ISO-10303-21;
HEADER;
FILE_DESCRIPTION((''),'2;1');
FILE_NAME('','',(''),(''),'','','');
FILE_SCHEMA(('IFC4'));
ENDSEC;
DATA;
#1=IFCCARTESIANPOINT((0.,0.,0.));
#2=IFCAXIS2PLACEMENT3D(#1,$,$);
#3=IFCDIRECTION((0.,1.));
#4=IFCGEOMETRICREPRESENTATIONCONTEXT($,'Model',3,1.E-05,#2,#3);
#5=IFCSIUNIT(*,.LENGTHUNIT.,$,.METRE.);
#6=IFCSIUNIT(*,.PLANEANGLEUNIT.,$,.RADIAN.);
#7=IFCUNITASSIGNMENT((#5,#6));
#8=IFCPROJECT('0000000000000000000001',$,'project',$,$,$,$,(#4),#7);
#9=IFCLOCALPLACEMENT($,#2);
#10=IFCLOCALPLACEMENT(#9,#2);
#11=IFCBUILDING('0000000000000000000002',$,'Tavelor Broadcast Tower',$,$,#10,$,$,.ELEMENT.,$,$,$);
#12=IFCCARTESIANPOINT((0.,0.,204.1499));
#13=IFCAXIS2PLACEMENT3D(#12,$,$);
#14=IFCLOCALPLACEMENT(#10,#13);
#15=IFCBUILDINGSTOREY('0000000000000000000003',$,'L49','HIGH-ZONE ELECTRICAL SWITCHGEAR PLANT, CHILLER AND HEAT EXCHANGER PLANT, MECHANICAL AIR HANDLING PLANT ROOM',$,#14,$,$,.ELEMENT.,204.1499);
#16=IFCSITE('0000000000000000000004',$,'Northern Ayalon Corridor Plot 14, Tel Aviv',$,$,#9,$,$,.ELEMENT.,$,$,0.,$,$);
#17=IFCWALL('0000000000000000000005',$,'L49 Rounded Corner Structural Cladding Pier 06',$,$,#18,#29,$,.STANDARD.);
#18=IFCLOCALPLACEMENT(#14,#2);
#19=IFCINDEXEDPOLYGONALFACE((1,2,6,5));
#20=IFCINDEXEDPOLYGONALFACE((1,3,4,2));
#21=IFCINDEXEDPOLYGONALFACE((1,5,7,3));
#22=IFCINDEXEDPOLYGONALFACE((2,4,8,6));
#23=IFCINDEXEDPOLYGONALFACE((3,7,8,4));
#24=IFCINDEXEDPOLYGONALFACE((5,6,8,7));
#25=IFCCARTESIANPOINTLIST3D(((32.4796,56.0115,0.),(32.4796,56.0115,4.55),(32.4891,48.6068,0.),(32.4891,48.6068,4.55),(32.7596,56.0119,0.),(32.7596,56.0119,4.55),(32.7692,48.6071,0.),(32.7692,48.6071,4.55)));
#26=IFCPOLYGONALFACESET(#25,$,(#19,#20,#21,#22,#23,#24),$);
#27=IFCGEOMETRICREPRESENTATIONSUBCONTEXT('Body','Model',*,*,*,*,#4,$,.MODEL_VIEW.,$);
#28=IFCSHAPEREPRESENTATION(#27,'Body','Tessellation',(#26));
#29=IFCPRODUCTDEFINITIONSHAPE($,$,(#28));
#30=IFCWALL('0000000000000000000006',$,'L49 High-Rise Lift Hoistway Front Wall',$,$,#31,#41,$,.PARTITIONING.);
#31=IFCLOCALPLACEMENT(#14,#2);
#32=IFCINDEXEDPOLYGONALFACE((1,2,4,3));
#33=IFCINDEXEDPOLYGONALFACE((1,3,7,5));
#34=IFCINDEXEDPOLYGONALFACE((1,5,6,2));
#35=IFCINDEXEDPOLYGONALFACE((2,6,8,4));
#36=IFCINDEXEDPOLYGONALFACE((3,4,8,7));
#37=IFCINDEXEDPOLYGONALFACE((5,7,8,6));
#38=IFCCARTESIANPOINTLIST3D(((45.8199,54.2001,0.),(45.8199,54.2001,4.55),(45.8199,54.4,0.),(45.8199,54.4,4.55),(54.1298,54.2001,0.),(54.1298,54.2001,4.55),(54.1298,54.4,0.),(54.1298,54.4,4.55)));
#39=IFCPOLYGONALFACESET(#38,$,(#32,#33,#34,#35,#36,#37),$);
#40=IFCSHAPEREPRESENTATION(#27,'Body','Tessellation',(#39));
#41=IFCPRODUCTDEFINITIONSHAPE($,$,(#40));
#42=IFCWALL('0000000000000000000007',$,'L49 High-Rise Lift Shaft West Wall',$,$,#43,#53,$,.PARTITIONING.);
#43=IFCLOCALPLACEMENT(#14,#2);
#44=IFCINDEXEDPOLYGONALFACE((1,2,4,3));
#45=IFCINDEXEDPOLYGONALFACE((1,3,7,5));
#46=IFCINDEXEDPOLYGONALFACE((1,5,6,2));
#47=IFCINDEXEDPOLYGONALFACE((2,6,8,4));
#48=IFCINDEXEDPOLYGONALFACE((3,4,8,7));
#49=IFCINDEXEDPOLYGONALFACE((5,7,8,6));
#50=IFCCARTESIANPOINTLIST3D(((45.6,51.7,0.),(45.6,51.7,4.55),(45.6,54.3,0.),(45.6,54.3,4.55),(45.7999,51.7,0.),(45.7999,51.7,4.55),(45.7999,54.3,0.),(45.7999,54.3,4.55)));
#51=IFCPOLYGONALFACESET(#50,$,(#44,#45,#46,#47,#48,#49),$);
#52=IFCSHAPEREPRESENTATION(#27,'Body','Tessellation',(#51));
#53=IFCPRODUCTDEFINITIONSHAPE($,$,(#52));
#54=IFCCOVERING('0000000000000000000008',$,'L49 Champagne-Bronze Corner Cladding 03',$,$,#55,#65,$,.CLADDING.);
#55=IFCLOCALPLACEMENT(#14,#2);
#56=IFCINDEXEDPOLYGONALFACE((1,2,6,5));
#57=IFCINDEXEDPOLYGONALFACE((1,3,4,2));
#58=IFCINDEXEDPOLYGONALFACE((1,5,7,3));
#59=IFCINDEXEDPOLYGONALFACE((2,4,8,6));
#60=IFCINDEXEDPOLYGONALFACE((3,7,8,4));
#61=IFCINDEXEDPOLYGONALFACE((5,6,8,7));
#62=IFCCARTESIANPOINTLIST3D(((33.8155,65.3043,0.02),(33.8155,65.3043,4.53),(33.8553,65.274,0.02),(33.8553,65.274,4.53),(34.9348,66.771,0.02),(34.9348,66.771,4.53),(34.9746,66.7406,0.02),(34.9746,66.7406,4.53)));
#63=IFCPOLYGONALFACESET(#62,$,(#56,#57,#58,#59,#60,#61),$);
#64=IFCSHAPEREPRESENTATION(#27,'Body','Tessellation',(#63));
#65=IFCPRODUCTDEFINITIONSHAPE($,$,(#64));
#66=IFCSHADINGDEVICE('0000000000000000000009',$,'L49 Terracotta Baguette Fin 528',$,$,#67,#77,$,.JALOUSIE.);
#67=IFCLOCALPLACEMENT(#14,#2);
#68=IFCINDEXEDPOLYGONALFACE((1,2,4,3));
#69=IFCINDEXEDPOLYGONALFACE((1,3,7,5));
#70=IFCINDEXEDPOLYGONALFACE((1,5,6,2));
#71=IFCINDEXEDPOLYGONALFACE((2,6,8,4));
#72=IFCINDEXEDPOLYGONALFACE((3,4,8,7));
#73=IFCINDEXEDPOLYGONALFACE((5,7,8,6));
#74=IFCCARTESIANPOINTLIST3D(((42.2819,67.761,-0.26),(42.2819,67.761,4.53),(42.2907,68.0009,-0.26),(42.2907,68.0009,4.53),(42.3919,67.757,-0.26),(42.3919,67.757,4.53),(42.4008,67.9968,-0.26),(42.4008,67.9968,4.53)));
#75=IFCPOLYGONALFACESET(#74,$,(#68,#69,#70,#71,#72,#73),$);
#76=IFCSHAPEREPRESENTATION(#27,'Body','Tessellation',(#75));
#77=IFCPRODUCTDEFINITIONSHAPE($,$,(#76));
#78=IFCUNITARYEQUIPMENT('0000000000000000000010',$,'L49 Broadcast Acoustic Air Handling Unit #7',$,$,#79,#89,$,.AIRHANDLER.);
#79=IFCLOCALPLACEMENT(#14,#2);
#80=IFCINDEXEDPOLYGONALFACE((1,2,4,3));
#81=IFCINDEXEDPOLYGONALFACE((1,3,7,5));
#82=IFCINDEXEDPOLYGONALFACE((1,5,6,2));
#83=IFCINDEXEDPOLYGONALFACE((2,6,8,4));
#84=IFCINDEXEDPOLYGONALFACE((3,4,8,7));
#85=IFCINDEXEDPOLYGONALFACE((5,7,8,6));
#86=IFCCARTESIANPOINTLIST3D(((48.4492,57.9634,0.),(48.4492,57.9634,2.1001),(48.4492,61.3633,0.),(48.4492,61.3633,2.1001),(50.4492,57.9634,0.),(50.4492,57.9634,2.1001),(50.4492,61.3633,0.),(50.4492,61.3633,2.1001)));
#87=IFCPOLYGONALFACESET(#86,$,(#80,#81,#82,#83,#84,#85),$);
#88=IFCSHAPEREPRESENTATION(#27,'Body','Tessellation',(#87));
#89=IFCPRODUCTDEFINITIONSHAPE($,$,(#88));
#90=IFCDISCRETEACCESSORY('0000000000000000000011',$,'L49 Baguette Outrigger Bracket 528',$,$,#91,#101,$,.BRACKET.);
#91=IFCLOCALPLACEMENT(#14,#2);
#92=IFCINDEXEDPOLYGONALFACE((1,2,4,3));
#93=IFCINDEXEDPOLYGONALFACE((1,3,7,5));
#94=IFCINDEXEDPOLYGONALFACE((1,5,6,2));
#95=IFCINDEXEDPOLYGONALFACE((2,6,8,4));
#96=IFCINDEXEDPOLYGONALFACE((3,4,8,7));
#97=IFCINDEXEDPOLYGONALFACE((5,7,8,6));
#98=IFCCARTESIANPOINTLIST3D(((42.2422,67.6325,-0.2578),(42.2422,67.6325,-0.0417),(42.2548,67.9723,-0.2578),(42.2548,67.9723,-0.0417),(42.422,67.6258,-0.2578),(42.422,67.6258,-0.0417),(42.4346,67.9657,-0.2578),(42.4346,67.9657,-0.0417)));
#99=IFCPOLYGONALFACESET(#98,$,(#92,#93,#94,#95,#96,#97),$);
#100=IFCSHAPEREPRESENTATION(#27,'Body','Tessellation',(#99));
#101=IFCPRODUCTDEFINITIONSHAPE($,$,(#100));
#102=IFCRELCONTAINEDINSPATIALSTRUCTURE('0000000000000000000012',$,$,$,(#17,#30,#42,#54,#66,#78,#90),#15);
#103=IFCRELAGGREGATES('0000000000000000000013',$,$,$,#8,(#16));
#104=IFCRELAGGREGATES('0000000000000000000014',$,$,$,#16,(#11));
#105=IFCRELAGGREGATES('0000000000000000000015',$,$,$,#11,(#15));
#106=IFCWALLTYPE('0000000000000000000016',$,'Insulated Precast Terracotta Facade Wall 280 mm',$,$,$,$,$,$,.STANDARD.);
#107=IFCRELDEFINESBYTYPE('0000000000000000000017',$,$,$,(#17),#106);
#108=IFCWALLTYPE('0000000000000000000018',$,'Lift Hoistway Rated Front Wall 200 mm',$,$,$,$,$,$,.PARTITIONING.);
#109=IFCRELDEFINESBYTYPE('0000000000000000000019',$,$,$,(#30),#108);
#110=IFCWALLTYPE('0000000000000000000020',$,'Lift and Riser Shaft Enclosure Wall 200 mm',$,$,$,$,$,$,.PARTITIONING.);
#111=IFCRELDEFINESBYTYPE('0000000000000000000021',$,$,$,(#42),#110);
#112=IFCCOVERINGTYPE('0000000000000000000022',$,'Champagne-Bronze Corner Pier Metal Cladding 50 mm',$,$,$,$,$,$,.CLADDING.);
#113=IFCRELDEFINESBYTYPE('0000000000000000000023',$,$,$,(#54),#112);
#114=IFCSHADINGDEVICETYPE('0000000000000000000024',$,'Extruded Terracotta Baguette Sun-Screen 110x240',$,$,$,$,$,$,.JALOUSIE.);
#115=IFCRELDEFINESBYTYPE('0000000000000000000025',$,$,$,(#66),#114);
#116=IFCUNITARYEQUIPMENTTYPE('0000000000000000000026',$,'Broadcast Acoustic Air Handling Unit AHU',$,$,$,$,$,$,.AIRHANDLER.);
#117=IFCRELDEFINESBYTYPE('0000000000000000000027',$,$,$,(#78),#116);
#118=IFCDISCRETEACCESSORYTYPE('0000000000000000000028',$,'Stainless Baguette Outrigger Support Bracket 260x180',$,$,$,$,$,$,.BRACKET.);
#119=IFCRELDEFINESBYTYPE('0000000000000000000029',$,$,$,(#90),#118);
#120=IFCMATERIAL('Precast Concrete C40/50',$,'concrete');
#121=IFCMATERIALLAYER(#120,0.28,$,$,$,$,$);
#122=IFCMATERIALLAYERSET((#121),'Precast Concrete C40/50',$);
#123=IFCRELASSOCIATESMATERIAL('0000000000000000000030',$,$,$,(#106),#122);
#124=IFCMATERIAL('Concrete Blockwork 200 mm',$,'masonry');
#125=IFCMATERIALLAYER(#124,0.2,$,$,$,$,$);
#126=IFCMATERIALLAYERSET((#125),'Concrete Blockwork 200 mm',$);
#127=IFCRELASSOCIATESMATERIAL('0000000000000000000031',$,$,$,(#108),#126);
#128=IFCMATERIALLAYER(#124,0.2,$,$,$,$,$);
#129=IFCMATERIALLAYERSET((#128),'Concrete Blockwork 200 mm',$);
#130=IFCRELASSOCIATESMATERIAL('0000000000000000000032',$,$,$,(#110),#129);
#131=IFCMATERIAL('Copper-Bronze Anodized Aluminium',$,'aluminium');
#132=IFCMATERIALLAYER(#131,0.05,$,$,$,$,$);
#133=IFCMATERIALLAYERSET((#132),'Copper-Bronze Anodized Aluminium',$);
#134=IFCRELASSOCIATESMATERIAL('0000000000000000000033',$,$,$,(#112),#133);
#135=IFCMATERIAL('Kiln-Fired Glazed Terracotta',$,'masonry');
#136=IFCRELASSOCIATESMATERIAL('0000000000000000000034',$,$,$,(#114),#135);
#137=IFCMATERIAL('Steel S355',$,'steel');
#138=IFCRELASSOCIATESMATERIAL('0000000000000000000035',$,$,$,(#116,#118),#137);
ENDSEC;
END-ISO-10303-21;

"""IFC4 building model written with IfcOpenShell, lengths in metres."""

from ifc_helpers import new_model, si_unit, direction, frame, frame_2d, origin, origin_2d, place, context, subcontext, project, spatial, rectangle, extrude, source, transform, mapped, material, layer, layer_set, type_object, type_shapes, element, save


model = new_model("IFC4")

# Units and contexts
model_context = context("Model", 3, precision=1e-05, world=origin(), true_north=direction((0.0, 1.0)))
body_context = subcontext(model_context, "Body", "Model", "MODEL_VIEW")
ifc_project = project(units=[si_unit("LENGTHUNIT", "METRE"), si_unit("PLANEANGLEUNIT", "RADIAN")], contexts=[model_context])

# Site, building, storey
site_placement = place(None, origin())
site = spatial("IfcSite", under=ifc_project, at=site_placement, Name="Northern Ayalon Corridor Plot 14, Tel Aviv", CompositionType="ELEMENT", RefElevation=0.0)
building_placement = place(site_placement, origin())
building = spatial("IfcBuilding", under=site, at=building_placement, Name="Tavelor Broadcast Tower", CompositionType="ELEMENT")
storey_placement = place(building_placement, frame((0.0, 0.0, 204.1499)))
storey = spatial("IfcBuildingStorey", under=building, at=storey_placement, Name="L49", Description="HIGH-ZONE ELECTRICAL SWITCHGEAR PLANT, CHILLER AND HEAT EXCHANGER PLANT, MECHANICAL AIR HANDLING PLANT ROOM", CompositionType="ELEMENT", Elevation=204.1499)

# Shared definitions
ifc_material_1 = material(Name="Steel S355", Category="steel")

# Walls
ifc_material_2 = material(Name="Precast Concrete C40/50", Category="concrete")
ifc_layer_1 = layer(ifc_material_2, 0.28)
ifc_layer_set_1 = layer_set([ifc_layer_1], Name="Precast Concrete C40/50")
wall_type_1 = type_object("IfcWallType", Name="Insulated Precast Terracotta Facade Wall 280 mm", PredefinedType="STANDARD", material=ifc_layer_set_1)
wall_1_placement = place(storey_placement, frame((32.6196, 56.0117, 0.0), z_axis=(0.0, 0.0, 1.0), x_axis=(0.001286, -0.999999, 0.0)))
element("IfcWall", 1, at=wall_1_placement, inside=storey, type_object=wall_type_1, Name="L49 Rounded Corner Structural Cladding Pier 06", PredefinedType="STANDARD", context=body_context, shape_type="SweptSolid", body=[
    extrude(rectangle(XDim=7.4048, YDim=0.28, at=frame_2d((3.7024, 0.0))), origin(), (0.0, 0.0, 1.0), 4.55),
])
ifc_material_3 = material(Name="Concrete Blockwork 200 mm", Category="masonry")
ifc_layer_2 = layer(ifc_material_3, 0.2)
ifc_layer_set_2 = layer_set([ifc_layer_2], Name="Concrete Blockwork 200 mm")
wall_type_2 = type_object("IfcWallType", Name="Lift Hoistway Rated Front Wall 200 mm", PredefinedType="PARTITIONING", material=ifc_layer_set_2)
wall_2_placement = place(storey_placement, frame((45.8201, 54.3, 0.0), z_axis=(0.0, 0.0, 1.0), x_axis=(1.0, 0.0, 0.0)))
element("IfcWall", 2, at=wall_2_placement, inside=storey, type_object=wall_type_2, Name="L49 High-Rise Lift Hoistway Front Wall", PredefinedType="PARTITIONING", context=body_context, shape_type="SweptSolid", body=[
    extrude(rectangle(XDim=8.3098, YDim=0.2, at=frame_2d((4.1548, 0.0))), origin(), (0.0, 0.0, 1.0), 4.55),
])
ifc_layer_3 = layer(ifc_material_3, 0.2)
ifc_layer_set_3 = layer_set([ifc_layer_3], Name="Concrete Blockwork 200 mm")
wall_type_3 = type_object("IfcWallType", Name="Lift and Riser Shaft Enclosure Wall 200 mm", PredefinedType="PARTITIONING", material=ifc_layer_set_3)
wall_3_placement = place(storey_placement, frame((45.7, 51.7, 0.0), z_axis=(0.0, 0.0, 1.0), x_axis=(0.0, 1.0, 0.0)))
element("IfcWall", 3, at=wall_3_placement, inside=storey, type_object=wall_type_3, Name="L49 High-Rise Lift Shaft West Wall", PredefinedType="PARTITIONING", context=body_context, shape_type="SweptSolid", body=[
    extrude(rectangle(XDim=2.6001, YDim=0.2, at=frame_2d((1.3, 0.0))), origin(), (0.0, 0.0, 1.0), 4.55),
])

# Covering
ifc_material_4 = material(Name="Copper-Bronze Anodized Aluminium", Category="aluminium")
ifc_layer_4 = layer(ifc_material_4, 0.05)
ifc_layer_set_4 = layer_set([ifc_layer_4], Name="Copper-Bronze Anodized Aluminium")
covering_type = type_object("IfcCoveringType", Name="Champagne-Bronze Corner Pier Metal Cladding 50 mm", PredefinedType="CLADDING", material=ifc_layer_set_4)
covering_placement = place(storey_placement, frame((34.395, 66.0225, 0.02), z_axis=(0.0, 0.0, 1.0), x_axis=(-0.606682, -0.794944, 0.0)))
element("IfcCovering", 4, at=covering_placement, inside=storey, type_object=covering_type, Name="L49 Champagne-Bronze Corner Cladding 03", PredefinedType="CLADDING", context=body_context, shape_type="SweptSolid", body=[
    extrude(rectangle(XDim=1.845, YDim=0.05, at=origin_2d()), origin(), (0.0, 0.0, 1.0), 4.51),
])

# Shading device
ifc_material_5 = material(Name="Kiln-Fired Glazed Terracotta", Category="masonry")
shading_device_type = type_object("IfcShadingDeviceType", Name="Extruded Terracotta Baguette Sun-Screen 110x240", PredefinedType="JALOUSIE", material=ifc_material_5)
shared_shape_1 = source(origin(), body_context, "Body", "SweptSolid", [
    extrude(rectangle(XDim=0.1101, YDim=0.24, at=origin_2d()), origin(), (0.0, 0.0, 1.0), 4.79),
])
type_shapes(shading_device_type, [shared_shape_1])
shading_device_placement = place(storey_placement, frame((42.3413, 67.8789, -0.26), z_axis=(0.0, 0.0, 1.0), x_axis=(-0.999316, 0.036993, 0.0)))
element("IfcShadingDevice", 5, at=shading_device_placement, inside=storey, type_object=shading_device_type, Name="L49 Terracotta Baguette Fin 528", PredefinedType="JALOUSIE", context=body_context, shape_type="MappedRepresentation", body=[
    mapped(shared_shape_1, transform((0.0, 0.0, 0.0), scale=1.0)),
])

# Unitary equipment
unitary_equipment_type = type_object("IfcUnitaryEquipmentType", Name="Broadcast Acoustic Air Handling Unit AHU", PredefinedType="AIRHANDLER", material=ifc_material_1)
unitary_equipment_placement = place(storey_placement, frame((49.4492, 59.6633, 0.0), z_axis=(0.0, 0.0, 1.0), x_axis=(1.0, 0.0, 0.0)))
element("IfcUnitaryEquipment", 6, at=unitary_equipment_placement, inside=storey, type_object=unitary_equipment_type, Name="L49 Broadcast Acoustic Air Handling Unit #7", PredefinedType="AIRHANDLER", context=body_context, shape_type="SweptSolid", body=[
    extrude(rectangle(XDim=2.0, YDim=3.3999, at=origin_2d()), origin(), (0.0, 0.0, 1.0), 2.1001),
])

# Discrete accessory
discrete_accessory_type = type_object("IfcDiscreteAccessoryType", Name="Stainless Baguette Outrigger Support Bracket 260x180", PredefinedType="BRACKET", material=ifc_material_1)
shared_shape_2 = source(origin(), body_context, "Body", "SweptSolid", [
    extrude(rectangle(XDim=0.1799, YDim=0.3401, at=origin_2d()), origin(), (0.0, 0.0, 1.0), 0.2161),
])
type_shapes(discrete_accessory_type, [shared_shape_2])
discrete_accessory_placement = place(storey_placement, frame((42.3384, 67.7991, -0.2578), z_axis=(0.0, 0.0, 1.0), x_axis=(-0.999316, 0.036993, 0.0)))
element("IfcDiscreteAccessory", 7, at=discrete_accessory_placement, inside=storey, type_object=discrete_accessory_type, Name="L49 Baguette Outrigger Bracket 528", PredefinedType="BRACKET", context=body_context, shape_type="MappedRepresentation", body=[
    mapped(shared_shape_2, transform((0.0, 0.0, 0.0), scale=1.0)),
])

save(model, "model.ifc")
